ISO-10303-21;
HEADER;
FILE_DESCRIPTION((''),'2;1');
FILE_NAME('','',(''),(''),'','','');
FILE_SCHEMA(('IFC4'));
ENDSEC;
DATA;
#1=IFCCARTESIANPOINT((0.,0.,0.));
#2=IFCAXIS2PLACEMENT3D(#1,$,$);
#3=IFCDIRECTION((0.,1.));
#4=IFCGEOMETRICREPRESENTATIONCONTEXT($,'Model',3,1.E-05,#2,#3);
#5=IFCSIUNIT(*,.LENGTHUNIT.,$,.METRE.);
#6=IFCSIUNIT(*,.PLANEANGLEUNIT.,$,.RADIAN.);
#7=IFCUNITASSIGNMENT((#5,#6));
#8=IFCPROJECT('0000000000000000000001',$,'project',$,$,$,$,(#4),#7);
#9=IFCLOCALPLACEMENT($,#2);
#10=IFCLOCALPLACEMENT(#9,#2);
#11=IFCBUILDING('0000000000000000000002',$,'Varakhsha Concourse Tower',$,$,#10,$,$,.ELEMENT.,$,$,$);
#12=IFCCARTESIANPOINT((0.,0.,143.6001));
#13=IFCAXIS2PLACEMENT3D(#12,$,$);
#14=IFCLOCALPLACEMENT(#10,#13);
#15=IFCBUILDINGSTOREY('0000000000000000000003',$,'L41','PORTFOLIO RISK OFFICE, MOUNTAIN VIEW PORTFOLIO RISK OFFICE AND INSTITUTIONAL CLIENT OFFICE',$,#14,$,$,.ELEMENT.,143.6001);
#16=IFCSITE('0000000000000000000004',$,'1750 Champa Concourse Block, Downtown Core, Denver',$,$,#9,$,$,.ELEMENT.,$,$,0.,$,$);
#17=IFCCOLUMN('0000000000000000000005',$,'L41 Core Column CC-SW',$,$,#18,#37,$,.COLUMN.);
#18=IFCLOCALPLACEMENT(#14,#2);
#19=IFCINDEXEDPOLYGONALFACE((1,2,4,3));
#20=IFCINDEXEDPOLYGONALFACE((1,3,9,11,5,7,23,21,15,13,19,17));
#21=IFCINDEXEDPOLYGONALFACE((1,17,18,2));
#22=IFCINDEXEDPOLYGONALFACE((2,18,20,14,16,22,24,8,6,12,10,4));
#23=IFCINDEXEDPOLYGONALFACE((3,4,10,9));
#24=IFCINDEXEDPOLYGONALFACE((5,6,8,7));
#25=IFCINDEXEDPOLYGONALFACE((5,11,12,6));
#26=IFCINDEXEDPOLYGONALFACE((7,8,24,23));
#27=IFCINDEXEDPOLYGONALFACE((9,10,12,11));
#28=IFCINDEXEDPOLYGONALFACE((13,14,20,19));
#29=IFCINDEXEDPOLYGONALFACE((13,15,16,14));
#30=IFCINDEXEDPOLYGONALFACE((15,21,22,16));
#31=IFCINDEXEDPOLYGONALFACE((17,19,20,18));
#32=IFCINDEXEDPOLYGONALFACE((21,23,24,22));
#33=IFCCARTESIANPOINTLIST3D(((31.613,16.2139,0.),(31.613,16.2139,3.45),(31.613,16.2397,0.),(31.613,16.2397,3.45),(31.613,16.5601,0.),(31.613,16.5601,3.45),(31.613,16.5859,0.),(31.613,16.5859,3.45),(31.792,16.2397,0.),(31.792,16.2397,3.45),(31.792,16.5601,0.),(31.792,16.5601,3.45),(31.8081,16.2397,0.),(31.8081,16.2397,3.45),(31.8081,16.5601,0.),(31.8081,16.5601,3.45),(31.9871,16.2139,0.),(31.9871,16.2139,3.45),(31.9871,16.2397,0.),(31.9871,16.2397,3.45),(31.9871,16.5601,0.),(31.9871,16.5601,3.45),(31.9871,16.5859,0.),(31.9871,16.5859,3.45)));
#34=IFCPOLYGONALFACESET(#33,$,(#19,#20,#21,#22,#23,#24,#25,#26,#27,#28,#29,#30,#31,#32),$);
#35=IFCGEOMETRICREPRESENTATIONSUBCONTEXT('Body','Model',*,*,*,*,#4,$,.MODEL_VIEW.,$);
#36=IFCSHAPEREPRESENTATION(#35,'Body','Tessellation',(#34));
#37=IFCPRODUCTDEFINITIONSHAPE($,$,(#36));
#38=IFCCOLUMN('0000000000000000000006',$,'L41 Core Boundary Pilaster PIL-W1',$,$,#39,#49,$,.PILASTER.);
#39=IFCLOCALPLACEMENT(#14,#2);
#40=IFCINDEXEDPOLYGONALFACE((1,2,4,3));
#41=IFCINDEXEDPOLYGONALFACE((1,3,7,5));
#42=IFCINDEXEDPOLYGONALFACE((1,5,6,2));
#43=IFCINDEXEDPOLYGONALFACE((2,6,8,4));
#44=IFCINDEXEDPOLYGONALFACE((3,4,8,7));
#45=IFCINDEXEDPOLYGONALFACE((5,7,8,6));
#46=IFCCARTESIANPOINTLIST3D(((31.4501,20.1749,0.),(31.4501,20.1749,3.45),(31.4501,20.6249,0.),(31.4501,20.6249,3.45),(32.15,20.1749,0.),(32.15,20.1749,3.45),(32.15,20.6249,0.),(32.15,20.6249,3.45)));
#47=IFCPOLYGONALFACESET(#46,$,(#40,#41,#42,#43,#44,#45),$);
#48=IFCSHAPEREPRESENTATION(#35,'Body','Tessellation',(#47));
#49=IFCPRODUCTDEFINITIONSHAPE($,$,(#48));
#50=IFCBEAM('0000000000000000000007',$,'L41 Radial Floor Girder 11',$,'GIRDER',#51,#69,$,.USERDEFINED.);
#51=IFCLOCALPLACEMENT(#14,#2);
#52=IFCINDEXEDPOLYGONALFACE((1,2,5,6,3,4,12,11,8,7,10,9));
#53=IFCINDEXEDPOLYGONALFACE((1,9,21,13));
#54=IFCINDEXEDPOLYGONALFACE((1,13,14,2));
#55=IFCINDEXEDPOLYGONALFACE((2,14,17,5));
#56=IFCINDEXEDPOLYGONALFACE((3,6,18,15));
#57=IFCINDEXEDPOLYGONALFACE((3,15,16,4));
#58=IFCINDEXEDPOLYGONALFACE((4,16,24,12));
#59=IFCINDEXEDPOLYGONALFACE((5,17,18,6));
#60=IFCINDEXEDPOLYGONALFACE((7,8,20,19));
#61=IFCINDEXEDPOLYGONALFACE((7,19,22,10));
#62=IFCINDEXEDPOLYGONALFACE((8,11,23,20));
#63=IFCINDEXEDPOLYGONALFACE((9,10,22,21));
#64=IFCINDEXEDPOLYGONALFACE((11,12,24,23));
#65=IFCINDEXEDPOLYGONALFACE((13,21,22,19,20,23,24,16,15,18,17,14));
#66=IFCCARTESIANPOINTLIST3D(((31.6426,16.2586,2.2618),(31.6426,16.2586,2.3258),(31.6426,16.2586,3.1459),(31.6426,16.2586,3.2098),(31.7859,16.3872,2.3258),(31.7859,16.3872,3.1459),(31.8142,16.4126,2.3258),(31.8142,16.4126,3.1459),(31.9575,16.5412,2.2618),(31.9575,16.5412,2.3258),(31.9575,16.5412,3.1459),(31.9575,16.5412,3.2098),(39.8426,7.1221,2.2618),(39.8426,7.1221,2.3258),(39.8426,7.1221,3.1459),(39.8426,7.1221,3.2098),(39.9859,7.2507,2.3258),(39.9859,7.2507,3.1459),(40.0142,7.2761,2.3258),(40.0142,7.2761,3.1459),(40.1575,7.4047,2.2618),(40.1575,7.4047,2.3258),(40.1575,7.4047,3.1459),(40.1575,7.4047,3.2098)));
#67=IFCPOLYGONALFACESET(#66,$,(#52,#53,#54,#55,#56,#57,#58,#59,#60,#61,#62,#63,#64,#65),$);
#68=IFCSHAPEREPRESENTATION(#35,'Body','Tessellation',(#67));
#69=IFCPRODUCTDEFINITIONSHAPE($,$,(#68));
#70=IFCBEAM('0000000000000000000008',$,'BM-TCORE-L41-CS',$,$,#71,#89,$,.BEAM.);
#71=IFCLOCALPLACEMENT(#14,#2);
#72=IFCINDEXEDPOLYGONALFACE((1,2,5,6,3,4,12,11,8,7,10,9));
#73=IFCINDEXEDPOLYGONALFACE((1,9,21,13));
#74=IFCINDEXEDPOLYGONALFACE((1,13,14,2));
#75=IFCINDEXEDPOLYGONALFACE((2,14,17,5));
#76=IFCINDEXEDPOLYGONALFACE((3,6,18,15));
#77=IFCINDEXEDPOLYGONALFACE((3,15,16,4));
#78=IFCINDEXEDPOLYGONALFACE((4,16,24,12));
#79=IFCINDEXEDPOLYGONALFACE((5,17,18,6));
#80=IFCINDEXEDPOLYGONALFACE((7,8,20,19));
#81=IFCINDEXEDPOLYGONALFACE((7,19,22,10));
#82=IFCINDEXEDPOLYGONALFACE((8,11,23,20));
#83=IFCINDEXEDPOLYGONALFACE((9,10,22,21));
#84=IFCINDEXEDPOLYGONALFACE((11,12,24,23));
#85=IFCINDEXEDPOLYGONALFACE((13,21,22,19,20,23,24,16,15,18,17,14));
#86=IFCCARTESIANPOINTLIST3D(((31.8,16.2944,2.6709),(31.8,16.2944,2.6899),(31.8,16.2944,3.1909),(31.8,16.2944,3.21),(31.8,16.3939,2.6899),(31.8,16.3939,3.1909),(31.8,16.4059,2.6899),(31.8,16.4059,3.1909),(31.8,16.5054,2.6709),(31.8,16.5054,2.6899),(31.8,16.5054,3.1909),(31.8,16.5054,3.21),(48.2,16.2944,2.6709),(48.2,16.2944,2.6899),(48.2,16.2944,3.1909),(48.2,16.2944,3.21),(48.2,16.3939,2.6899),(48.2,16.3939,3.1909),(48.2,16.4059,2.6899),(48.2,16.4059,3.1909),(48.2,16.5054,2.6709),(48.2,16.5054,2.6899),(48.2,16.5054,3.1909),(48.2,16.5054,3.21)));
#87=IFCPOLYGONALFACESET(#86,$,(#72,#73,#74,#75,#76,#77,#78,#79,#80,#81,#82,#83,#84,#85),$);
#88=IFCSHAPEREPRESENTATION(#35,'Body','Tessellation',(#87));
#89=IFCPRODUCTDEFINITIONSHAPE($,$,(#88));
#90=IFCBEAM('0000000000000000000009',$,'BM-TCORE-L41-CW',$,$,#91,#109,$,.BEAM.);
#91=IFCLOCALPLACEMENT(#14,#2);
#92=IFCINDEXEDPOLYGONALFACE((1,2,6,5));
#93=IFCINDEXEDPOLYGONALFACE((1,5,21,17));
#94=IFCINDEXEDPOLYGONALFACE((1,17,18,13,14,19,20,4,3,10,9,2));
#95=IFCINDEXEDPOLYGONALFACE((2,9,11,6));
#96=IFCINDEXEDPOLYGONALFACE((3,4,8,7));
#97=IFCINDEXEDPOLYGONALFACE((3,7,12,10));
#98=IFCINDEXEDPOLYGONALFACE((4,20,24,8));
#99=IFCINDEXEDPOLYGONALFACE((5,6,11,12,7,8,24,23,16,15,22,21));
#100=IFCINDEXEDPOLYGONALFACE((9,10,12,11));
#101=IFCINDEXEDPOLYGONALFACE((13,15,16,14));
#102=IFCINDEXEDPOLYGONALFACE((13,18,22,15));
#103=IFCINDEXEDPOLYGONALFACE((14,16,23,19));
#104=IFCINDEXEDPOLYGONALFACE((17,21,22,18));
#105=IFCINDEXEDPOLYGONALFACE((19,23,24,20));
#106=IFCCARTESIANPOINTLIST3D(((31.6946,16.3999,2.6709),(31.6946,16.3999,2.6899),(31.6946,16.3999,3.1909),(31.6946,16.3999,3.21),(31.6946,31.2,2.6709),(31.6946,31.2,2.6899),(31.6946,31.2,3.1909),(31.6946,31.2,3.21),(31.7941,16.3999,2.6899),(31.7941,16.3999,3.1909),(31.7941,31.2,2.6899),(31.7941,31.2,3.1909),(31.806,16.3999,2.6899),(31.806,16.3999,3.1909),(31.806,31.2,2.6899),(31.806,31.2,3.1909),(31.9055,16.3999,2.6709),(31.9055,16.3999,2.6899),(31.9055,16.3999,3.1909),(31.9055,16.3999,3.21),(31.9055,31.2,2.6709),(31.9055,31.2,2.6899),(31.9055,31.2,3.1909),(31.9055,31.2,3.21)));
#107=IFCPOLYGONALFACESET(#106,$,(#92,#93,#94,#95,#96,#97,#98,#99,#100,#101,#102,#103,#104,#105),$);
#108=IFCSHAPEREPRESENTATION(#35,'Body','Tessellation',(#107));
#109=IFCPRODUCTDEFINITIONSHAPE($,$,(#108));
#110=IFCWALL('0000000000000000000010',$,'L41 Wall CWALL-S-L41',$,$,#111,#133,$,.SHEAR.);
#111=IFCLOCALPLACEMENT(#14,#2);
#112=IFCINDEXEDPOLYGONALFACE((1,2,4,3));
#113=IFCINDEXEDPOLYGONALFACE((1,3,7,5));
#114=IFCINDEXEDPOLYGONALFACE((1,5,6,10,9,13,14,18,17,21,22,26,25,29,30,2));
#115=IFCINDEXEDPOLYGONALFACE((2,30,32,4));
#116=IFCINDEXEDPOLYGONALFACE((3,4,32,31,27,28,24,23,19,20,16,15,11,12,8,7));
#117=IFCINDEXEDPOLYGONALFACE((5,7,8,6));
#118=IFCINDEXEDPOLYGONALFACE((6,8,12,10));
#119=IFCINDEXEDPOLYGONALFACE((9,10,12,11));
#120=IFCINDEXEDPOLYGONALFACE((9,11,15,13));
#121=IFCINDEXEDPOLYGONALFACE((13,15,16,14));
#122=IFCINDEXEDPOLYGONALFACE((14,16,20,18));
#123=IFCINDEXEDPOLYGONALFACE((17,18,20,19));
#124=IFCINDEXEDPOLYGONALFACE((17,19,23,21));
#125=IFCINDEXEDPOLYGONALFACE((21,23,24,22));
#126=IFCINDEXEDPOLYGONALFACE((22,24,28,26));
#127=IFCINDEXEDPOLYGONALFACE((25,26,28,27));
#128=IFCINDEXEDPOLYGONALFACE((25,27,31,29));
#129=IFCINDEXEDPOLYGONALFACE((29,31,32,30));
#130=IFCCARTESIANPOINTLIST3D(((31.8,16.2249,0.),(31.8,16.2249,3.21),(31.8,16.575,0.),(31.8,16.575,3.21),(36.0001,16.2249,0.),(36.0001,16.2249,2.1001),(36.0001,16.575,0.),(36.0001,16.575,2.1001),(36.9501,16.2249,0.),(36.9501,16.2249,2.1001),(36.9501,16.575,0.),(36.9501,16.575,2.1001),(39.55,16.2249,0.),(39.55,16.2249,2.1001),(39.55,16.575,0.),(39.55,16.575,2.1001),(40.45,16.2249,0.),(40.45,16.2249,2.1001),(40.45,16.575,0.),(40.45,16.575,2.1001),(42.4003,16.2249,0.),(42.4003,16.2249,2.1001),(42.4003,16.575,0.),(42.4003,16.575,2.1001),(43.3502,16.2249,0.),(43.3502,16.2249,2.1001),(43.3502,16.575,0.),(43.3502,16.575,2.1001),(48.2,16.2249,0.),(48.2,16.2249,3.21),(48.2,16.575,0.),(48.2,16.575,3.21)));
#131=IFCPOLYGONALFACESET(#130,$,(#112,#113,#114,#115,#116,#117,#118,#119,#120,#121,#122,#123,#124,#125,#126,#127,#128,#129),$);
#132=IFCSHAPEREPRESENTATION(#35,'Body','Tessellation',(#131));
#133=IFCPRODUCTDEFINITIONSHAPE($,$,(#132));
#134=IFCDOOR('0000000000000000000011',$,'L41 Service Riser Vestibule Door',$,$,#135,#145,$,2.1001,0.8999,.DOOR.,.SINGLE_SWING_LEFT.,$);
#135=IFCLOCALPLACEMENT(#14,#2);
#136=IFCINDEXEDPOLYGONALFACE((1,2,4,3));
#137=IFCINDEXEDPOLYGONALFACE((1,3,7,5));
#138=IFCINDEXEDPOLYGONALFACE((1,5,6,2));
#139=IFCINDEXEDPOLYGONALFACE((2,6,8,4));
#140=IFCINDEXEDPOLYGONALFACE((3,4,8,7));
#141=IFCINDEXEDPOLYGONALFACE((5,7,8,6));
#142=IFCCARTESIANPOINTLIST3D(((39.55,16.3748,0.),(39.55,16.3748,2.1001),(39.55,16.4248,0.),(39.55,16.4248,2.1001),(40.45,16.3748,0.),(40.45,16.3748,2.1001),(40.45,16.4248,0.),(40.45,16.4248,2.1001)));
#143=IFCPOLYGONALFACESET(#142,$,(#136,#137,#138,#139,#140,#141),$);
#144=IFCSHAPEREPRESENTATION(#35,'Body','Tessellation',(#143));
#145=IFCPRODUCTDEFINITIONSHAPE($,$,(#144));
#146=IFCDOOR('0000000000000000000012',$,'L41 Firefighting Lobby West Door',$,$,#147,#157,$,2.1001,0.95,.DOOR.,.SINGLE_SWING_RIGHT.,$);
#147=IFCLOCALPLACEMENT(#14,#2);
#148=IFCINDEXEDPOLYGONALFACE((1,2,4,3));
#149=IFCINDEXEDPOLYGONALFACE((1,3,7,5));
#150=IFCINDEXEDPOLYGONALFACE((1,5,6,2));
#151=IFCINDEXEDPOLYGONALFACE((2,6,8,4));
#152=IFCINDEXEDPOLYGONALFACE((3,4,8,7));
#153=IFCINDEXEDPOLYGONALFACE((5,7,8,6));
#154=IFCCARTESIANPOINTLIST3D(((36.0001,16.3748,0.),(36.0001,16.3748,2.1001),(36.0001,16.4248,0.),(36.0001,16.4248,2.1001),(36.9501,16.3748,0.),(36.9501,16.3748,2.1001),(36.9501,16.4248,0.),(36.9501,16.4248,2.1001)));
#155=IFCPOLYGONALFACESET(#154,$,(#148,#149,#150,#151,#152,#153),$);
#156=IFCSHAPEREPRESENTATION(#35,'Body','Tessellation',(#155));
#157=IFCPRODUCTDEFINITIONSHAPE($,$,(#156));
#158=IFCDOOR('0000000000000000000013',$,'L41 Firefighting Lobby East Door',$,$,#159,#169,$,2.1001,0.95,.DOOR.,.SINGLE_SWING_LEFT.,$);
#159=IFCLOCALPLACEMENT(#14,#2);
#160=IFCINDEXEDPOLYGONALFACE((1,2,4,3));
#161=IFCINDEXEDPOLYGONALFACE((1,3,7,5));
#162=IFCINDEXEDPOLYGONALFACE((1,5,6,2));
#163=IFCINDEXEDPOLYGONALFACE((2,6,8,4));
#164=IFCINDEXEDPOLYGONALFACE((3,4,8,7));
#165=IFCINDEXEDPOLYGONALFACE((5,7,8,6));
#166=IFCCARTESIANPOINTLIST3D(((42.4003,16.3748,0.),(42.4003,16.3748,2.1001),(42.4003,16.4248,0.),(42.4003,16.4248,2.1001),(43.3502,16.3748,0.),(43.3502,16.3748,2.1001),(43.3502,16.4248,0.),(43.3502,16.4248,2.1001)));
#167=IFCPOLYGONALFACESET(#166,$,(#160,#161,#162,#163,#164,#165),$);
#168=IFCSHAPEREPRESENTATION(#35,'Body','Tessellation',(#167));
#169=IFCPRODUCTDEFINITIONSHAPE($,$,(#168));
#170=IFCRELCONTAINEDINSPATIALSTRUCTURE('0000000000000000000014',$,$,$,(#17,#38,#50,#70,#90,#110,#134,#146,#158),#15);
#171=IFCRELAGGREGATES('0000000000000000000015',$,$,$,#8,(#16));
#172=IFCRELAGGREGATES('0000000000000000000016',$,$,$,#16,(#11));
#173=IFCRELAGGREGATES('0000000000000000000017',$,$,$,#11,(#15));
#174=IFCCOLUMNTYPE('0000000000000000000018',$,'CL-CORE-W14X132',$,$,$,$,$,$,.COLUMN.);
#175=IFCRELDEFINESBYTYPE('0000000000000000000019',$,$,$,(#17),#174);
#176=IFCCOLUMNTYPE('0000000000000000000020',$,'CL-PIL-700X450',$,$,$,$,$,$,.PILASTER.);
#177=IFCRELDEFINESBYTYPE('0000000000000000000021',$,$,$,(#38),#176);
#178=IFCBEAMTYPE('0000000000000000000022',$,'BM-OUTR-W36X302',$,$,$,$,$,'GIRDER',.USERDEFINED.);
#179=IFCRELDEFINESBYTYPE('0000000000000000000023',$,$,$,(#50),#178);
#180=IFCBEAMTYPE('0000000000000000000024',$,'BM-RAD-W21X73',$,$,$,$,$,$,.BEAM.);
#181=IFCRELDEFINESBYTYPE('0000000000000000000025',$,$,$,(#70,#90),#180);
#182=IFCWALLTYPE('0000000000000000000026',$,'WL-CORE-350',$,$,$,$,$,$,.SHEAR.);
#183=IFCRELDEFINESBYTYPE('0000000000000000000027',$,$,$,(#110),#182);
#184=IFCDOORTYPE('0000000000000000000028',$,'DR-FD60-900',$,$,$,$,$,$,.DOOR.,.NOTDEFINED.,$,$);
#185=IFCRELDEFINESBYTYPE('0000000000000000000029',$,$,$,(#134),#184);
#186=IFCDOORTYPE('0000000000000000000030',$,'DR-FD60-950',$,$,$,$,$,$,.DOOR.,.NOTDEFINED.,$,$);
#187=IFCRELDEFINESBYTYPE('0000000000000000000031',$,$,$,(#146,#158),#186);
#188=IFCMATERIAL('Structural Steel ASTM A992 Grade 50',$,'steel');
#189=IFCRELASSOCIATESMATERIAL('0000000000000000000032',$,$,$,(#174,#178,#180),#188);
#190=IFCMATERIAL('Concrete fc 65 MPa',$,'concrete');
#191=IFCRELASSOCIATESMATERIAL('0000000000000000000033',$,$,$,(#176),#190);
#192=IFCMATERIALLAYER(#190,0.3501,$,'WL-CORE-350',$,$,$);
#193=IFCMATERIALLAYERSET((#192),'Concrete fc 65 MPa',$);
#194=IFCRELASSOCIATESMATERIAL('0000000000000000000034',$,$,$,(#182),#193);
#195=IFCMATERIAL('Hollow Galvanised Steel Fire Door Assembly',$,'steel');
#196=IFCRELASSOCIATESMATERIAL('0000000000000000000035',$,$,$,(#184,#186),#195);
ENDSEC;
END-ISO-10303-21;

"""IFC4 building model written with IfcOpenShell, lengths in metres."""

from ifc_helpers import new_model, si_unit, direction, frame, frame_2d, origin, origin_2d, place, context, subcontext, project, spatial, rectangle, i_section, extrude, material, layer, layer_set, material_profile, profile_set, type_object, element, fill, save


model = new_model("IFC4")

# Units and contexts
model_context = context("Model", 3, precision=1e-05, world=origin(), true_north=direction((0.0, 1.0)))
body_context = subcontext(model_context, "Body", "Model", "MODEL_VIEW")
ifc_project = project(units=[si_unit("LENGTHUNIT", "METRE"), si_unit("PLANEANGLEUNIT", "RADIAN")], contexts=[model_context])

# Site, building, storey
site_placement = place(None, origin())
site = spatial("IfcSite", under=ifc_project, at=site_placement, Name="1750 Champa Concourse Block, Downtown Core, Denver", CompositionType="ELEMENT", RefElevation=0.0)
building_placement = place(site_placement, origin())
building = spatial("IfcBuilding", under=site, at=building_placement, Name="Varakhsha Concourse Tower", CompositionType="ELEMENT")
storey_placement = place(building_placement, frame((0.0, 0.0, 143.6001)))
storey = spatial("IfcBuildingStorey", under=building, at=storey_placement, Name="L41", Description="PORTFOLIO RISK OFFICE, MOUNTAIN VIEW PORTFOLIO RISK OFFICE AND INSTITUTIONAL CLIENT OFFICE", CompositionType="ELEMENT", Elevation=143.6001)

# Columns
ifc_material_1 = material(Name="Structural Steel ASTM A992 Grade 50", Category="steel")
ifc_material_profile_1 = material_profile(ifc_material_1, i_section(OverallWidth=0.374, OverallDepth=0.3721, WebThickness=0.0161, FlangeThickness=0.0259, at=origin_2d()), Name="W14X132")
ifc_profile_set_1 = profile_set([ifc_material_profile_1], Name="Structural Steel ASTM A992 Grade 50")
column_type_1 = type_object("IfcColumnType", Name="CL-CORE-W14X132", PredefinedType="COLUMN", material=ifc_profile_set_1)
column_1_placement = place(storey_placement, frame((31.8, 16.3999, 0.0), z_axis=(0.0, 0.0, 1.0), x_axis=(1.0, 0.0, 0.0)))
element("IfcColumn", 1, at=column_1_placement, inside=storey, type_object=column_type_1, Name="L41 Core Column CC-SW", PredefinedType="COLUMN", context=body_context, shape_type="SweptSolid", body=[
    extrude(i_section(OverallWidth=0.374, OverallDepth=0.3721, WebThickness=0.0161, FlangeThickness=0.0259, at=origin_2d()), origin(), (0.0, 0.0, 1.0), 3.45),
])
ifc_material_2 = material(Name="Concrete fc 65 MPa", Category="concrete")
ifc_material_profile_2 = material_profile(ifc_material_2, rectangle(XDim=0.7, YDim=0.45, at=origin_2d()), Name="RC 700x450")
ifc_profile_set_2 = profile_set([ifc_material_profile_2], Name="Concrete fc 65 MPa")
column_type_2 = type_object("IfcColumnType", Name="CL-PIL-700X450", PredefinedType="PILASTER", material=ifc_profile_set_2)
column_2_placement = place(storey_placement, frame((31.8, 20.3999, 0.0), z_axis=(0.0, 0.0, 1.0), x_axis=(1.0, 0.0, 0.0)))
element("IfcColumn", 2, at=column_2_placement, inside=storey, type_object=column_type_2, Name="L41 Core Boundary Pilaster PIL-W1", PredefinedType="PILASTER", context=body_context, shape_type="SweptSolid", body=[
    extrude(rectangle(XDim=0.7, YDim=0.45, at=origin_2d()), origin(), (0.0, 0.0, 1.0), 3.45),
])

# Beams
ifc_material_profile_3 = material_profile(ifc_material_1, i_section(OverallWidth=0.4231, OverallDepth=0.948, WebThickness=0.0381, FlangeThickness=0.064, at=origin_2d()), Name="W36X302")
ifc_profile_set_3 = profile_set([ifc_material_profile_3], Name="Structural Steel ASTM A992 Grade 50")
beam_type_1 = type_object("IfcBeamType", Name="BM-OUTR-W36X302", ElementType="GIRDER", PredefinedType="USERDEFINED", material=ifc_profile_set_3)
beam_1_placement = place(storey_placement, frame((31.8, 16.3999, 2.7358), z_axis=(0.667935, -0.74422, 0.0), x_axis=(0.74422, 0.667935, 0.0)))
element("IfcBeam", 3, at=beam_1_placement, inside=storey, type_object=beam_type_1, Name="L41 Radial Floor Girder 11", ObjectType="GIRDER", PredefinedType="USERDEFINED", context=body_context, shape_type="SweptSolid", body=[
    extrude(i_section(OverallWidth=0.4231, OverallDepth=0.948, WebThickness=0.0381, FlangeThickness=0.064, at=origin_2d()), origin(), (0.0, 0.0, 1.0), 12.2766),
])
ifc_material_profile_4 = material_profile(ifc_material_1, i_section(OverallWidth=0.2109, OverallDepth=0.5391, WebThickness=0.012, FlangeThickness=0.019, at=origin_2d()), Name="W21X73")
ifc_profile_set_4 = profile_set([ifc_material_profile_4], Name="Structural Steel ASTM A992 Grade 50")
beam_type_2 = type_object("IfcBeamType", Name="BM-RAD-W21X73", PredefinedType="BEAM", material=ifc_profile_set_4)
beam_2_placement = place(storey_placement, frame((31.8, 16.3999, 2.9404), z_axis=(1.0, 0.0, 0.0), x_axis=(0.0, 1.0, 0.0)))
element("IfcBeam", 4, at=beam_2_placement, inside=storey, type_object=beam_type_2, Name="BM-TCORE-L41-CS", PredefinedType="BEAM", context=body_context, shape_type="SweptSolid", body=[
    extrude(i_section(OverallWidth=0.2109, OverallDepth=0.5391, WebThickness=0.012, FlangeThickness=0.019, at=origin_2d()), origin(), (0.0, 0.0, 1.0), 16.3999),
])
beam_3_placement = place(storey_placement, frame((31.8, 16.3999, 2.9404), z_axis=(0.0, 1.0, 0.0), x_axis=(-1.0, 0.0, 0.0)))
element("IfcBeam", 5, at=beam_3_placement, inside=storey, type_object=beam_type_2, Name="BM-TCORE-L41-CW", PredefinedType="BEAM", context=body_context, shape_type="SweptSolid", body=[
    extrude(i_section(OverallWidth=0.2109, OverallDepth=0.5391, WebThickness=0.012, FlangeThickness=0.019, at=origin_2d()), origin(), (0.0, 0.0, 1.0), 14.8),
])

# Wall, openings, doors
ifc_layer_1 = layer(ifc_material_2, 0.3501, Name="WL-CORE-350")
ifc_layer_set_1 = layer_set([ifc_layer_1], Name="Concrete fc 65 MPa")
wall_type_1 = type_object("IfcWallType", Name="WL-CORE-350", PredefinedType="SHEAR", material=ifc_layer_set_1)
wall_1_placement = place(storey_placement, frame((31.8, 16.3999, 0.0), z_axis=(0.0, 0.0, 1.0), x_axis=(1.0, 0.0, 0.0)))
wall_1 = element("IfcWall", 6, at=wall_1_placement, inside=storey, type_object=wall_type_1, Name="L41 Wall CWALL-S-L41", PredefinedType="SHEAR", context=body_context, shape_type="SweptSolid", body=[
    extrude(rectangle(XDim=16.3999, YDim=0.3501, at=frame_2d((8.2, 0.0))), origin(), (0.0, 0.0, 1.0), 3.21),
])
opening_1_placement = place(wall_1_placement, frame((7.75, 0.0, 0.0)))
opening_1 = element("IfcOpeningElement", 7, at=opening_1_placement, cuts=wall_1, PredefinedType="OPENING", context=body_context, shape_type="SweptSolid", body=[
    extrude(rectangle(XDim=0.8999, YDim=2.1001, at=frame_2d((0.45, 1.05))), frame((0.0, 0.1851, 0.0), z_axis=(0.0, -1.0, 0.0), x_axis=(1.0, 0.0, 0.0)), (0.0, 0.0, 1.0), 0.3701),
])
opening_2_placement = place(wall_1_placement, frame((4.2, 0.0, 0.0)))
opening_2 = element("IfcOpeningElement", 8, at=opening_2_placement, cuts=wall_1, PredefinedType="OPENING", context=body_context, shape_type="SweptSolid", body=[
    extrude(rectangle(XDim=0.95, YDim=2.1001, at=frame_2d((0.4751, 1.05))), frame((0.0, 0.1851, 0.0), z_axis=(0.0, -1.0, 0.0), x_axis=(1.0, 0.0, 0.0)), (0.0, 0.0, 1.0), 0.3701),
])
opening_3_placement = place(wall_1_placement, frame((10.6001, 0.0, 0.0)))
opening_3 = element("IfcOpeningElement", 9, at=opening_3_placement, cuts=wall_1, PredefinedType="OPENING", context=body_context, shape_type="SweptSolid", body=[
    extrude(rectangle(XDim=0.95, YDim=2.1001, at=frame_2d((0.4751, 1.05))), frame((0.0, 0.1851, 0.0), z_axis=(0.0, -1.0, 0.0), x_axis=(1.0, 0.0, 0.0)), (0.0, 0.0, 1.0), 0.3701),
])
ifc_material_3 = material(Name="Hollow Galvanised Steel Fire Door Assembly", Category="steel")
door_type_1 = type_object("IfcDoorType", Name="DR-FD60-900", OperationType="NOTDEFINED", PredefinedType="DOOR", material=ifc_material_3)
door_1_placement = place(opening_1_placement, origin())
door_1 = element("IfcDoor", 10, at=door_1_placement, inside=storey, type_object=door_type_1, Name="L41 Service Riser Vestibule Door", OperationType="SINGLE_SWING_LEFT", OverallHeight=2.1001, OverallWidth=0.8999, PredefinedType="DOOR", context=body_context, shape_type="SweptSolid", body=[
    extrude(rectangle(XDim=0.8999, YDim=2.1001, at=frame_2d((0.45, 1.05))), frame((0.0, 0.0249, 0.0), z_axis=(0.0, -1.0, 0.0), x_axis=(1.0, 0.0, 0.0)), (0.0, 0.0, 1.0), 0.05),
])
fill(opening_1, door_1)
door_type_2 = type_object("IfcDoorType", Name="DR-FD60-950", OperationType="NOTDEFINED", PredefinedType="DOOR", material=ifc_material_3)
door_2_placement = place(opening_2_placement, origin())
door_2 = element("IfcDoor", 11, at=door_2_placement, inside=storey, type_object=door_type_2, Name="L41 Firefighting Lobby West Door", OperationType="SINGLE_SWING_RIGHT", OverallHeight=2.1001, OverallWidth=0.95, PredefinedType="DOOR", context=body_context, shape_type="SweptSolid", body=[
    extrude(rectangle(XDim=0.95, YDim=2.1001, at=frame_2d((0.4751, 1.05))), frame((0.0, 0.0249, 0.0), z_axis=(0.0, -1.0, 0.0), x_axis=(1.0, 0.0, 0.0)), (0.0, 0.0, 1.0), 0.05),
])
fill(opening_2, door_2)
door_3_placement = place(opening_3_placement, origin())
door_3 = element("IfcDoor", 12, at=door_3_placement, inside=storey, type_object=door_type_2, Name="L41 Firefighting Lobby East Door", OperationType="SINGLE_SWING_LEFT", OverallHeight=2.1001, OverallWidth=0.95, PredefinedType="DOOR", context=body_context, shape_type="SweptSolid", body=[
    extrude(rectangle(XDim=0.95, YDim=2.1001, at=frame_2d((0.4751, 1.05))), frame((0.0, 0.0249, 0.0), z_axis=(0.0, -1.0, 0.0), x_axis=(1.0, 0.0, 0.0)), (0.0, 0.0, 1.0), 0.05),
])
fill(opening_3, door_3)

save(model, "model.ifc")
